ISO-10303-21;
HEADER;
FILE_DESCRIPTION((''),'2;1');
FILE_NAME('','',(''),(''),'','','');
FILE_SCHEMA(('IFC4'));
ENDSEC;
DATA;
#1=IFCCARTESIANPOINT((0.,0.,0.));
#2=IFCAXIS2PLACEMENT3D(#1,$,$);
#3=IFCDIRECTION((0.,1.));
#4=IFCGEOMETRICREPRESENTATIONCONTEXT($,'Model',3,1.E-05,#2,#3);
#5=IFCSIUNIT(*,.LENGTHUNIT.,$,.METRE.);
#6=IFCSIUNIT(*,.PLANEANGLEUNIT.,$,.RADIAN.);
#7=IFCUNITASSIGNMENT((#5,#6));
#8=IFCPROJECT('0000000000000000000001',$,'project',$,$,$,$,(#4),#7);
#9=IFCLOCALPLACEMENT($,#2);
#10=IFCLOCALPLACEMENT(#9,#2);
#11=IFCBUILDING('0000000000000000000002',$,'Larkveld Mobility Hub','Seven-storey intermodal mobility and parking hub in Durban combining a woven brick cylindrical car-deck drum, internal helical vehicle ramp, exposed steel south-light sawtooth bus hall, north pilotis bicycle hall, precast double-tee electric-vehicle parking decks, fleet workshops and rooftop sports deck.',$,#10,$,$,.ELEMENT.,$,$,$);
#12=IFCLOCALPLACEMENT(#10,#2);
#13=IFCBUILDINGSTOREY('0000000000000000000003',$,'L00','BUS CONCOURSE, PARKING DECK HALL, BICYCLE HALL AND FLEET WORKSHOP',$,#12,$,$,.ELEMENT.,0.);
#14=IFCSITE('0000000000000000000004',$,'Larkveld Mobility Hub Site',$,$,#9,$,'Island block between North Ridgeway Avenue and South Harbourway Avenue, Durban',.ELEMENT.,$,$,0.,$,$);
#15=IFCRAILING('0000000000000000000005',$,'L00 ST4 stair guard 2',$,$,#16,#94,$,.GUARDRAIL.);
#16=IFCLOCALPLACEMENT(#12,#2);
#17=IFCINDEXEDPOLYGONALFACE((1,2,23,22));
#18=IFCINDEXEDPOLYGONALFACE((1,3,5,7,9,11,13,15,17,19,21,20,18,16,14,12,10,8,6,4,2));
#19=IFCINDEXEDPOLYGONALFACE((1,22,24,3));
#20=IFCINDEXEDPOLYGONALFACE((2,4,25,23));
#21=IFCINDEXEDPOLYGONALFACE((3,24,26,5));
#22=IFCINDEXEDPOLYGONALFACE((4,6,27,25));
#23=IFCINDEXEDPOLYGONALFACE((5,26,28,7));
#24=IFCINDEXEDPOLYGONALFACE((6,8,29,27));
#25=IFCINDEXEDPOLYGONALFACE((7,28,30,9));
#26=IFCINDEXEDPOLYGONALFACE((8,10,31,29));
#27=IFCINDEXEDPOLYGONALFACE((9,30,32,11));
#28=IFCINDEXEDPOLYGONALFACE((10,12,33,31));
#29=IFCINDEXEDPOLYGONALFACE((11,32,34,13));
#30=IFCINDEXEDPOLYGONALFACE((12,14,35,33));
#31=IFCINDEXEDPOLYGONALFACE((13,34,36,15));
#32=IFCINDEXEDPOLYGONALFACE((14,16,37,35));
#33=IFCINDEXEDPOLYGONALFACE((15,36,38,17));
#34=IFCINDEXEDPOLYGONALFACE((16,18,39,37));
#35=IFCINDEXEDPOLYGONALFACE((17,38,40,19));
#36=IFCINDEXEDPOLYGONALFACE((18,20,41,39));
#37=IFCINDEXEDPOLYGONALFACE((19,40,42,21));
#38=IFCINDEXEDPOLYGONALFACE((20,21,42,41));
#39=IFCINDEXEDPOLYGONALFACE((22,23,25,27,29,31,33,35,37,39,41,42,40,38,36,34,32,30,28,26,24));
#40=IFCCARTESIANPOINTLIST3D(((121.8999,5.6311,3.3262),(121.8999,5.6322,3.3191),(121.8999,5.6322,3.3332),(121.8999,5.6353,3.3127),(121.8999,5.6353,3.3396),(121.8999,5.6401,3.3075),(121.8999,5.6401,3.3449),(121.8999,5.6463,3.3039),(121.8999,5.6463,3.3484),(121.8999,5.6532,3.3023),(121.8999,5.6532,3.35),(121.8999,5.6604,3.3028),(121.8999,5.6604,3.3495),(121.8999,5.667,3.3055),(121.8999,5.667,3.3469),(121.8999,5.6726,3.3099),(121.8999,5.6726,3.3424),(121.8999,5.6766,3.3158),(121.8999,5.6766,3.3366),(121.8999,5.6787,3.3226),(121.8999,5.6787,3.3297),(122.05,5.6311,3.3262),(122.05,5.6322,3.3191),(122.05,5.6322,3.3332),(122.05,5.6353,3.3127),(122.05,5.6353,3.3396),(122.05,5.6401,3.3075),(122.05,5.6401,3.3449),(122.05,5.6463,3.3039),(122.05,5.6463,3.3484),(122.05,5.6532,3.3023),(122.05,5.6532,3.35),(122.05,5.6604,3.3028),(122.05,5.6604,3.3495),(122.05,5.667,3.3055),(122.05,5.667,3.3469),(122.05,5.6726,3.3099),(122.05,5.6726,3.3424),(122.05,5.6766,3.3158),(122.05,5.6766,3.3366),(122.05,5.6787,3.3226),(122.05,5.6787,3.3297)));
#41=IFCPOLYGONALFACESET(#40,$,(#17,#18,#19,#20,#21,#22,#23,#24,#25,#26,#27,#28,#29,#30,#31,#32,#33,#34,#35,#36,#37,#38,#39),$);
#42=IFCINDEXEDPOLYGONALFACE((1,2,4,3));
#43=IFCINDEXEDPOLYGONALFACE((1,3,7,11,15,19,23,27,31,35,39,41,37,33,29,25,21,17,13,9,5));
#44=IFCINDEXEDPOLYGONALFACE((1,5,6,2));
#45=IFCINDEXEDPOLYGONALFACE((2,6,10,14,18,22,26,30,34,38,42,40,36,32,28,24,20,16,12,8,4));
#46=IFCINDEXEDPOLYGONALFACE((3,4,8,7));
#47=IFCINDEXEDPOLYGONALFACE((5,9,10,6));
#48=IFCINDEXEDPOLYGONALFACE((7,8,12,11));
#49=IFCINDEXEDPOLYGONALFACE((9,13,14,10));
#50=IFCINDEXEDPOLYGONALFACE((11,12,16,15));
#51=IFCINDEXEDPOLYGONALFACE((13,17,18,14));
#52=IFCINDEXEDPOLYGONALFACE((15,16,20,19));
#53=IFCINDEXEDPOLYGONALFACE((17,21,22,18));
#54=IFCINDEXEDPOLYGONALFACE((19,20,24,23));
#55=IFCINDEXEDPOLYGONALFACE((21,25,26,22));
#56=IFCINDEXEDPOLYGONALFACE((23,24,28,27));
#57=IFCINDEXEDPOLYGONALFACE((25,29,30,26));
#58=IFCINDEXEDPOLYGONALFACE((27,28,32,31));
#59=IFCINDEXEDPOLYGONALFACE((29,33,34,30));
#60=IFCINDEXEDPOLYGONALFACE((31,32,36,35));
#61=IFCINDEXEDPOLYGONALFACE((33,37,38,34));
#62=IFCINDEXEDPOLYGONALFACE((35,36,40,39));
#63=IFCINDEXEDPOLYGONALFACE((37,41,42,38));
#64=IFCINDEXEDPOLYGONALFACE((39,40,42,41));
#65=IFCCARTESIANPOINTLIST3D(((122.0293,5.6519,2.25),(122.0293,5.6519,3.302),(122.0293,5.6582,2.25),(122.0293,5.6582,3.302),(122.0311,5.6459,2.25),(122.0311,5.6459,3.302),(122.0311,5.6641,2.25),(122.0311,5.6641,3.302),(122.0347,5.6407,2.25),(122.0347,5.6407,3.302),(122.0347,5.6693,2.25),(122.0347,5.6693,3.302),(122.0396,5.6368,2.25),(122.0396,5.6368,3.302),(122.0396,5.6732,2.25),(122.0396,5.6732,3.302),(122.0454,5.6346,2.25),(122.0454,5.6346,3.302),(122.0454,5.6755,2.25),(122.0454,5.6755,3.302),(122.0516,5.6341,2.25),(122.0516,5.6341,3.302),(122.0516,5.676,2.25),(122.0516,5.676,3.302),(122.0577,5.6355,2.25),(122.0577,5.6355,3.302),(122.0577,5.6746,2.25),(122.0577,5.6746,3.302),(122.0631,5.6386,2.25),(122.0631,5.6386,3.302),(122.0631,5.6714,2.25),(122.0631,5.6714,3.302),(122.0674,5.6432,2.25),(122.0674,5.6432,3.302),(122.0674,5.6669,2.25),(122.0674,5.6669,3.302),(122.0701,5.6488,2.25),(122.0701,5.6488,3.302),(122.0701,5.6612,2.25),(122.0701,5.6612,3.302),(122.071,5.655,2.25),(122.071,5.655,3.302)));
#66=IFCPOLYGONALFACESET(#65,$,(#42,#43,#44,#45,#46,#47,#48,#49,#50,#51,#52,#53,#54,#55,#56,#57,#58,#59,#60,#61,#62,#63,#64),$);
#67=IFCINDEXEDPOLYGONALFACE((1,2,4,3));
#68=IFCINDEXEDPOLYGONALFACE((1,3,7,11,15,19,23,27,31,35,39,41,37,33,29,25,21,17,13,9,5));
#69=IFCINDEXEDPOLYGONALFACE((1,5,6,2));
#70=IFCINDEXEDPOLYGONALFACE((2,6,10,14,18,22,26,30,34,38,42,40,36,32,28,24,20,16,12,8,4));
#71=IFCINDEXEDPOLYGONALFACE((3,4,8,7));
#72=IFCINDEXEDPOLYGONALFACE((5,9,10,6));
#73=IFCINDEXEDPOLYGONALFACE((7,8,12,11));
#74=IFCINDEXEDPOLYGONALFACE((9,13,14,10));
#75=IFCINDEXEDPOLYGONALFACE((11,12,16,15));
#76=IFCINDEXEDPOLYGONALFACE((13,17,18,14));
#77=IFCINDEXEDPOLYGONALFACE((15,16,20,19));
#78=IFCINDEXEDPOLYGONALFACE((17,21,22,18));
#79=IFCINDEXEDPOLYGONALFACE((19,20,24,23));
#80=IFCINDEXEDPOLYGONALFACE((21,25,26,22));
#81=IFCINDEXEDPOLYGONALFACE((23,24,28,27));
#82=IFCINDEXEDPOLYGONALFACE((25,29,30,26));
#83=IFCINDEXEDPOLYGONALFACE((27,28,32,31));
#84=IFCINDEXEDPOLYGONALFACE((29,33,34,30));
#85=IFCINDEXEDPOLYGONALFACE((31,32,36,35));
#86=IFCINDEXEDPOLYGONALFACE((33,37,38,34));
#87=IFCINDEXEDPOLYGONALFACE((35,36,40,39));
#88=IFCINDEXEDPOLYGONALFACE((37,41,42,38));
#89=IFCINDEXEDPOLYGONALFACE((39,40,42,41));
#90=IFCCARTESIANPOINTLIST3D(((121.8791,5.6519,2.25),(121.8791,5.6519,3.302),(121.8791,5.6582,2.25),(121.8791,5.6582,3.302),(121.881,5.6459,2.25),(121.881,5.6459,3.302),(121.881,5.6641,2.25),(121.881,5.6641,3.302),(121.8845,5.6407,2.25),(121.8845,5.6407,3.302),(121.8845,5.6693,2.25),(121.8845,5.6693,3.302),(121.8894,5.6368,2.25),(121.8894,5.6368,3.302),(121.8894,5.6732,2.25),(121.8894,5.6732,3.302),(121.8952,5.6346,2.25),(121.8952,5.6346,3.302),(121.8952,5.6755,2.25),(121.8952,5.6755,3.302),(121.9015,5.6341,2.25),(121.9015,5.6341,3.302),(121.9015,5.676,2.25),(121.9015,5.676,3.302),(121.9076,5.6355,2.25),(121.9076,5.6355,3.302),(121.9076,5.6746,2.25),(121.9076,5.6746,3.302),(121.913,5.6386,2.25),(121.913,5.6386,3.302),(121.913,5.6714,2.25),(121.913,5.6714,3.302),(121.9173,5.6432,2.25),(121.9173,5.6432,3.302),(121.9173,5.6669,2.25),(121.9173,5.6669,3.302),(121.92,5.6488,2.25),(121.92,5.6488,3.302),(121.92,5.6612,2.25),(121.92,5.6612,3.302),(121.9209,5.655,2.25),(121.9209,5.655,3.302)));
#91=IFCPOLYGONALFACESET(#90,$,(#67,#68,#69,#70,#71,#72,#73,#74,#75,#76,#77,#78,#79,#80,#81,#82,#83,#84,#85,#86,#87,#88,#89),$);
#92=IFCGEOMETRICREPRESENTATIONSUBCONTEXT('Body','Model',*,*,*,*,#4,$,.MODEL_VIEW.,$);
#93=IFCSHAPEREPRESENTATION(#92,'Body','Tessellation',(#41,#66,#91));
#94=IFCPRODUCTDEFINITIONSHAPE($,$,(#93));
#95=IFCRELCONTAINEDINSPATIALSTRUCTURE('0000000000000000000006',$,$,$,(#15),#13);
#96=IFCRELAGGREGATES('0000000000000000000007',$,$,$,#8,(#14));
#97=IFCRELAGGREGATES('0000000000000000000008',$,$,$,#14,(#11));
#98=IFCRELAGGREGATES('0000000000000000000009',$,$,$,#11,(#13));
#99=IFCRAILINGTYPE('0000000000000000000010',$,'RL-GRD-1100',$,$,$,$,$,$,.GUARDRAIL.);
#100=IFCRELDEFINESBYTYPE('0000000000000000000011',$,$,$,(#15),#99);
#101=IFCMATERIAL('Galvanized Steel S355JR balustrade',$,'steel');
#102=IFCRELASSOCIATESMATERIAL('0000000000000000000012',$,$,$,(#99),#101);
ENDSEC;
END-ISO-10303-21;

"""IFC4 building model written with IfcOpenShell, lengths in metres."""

from ifc_helpers import new_model, si_unit, direction, frame, origin, origin_2d, place, context, subcontext, project, spatial, circle, extrude, material, type_object, element, save


model = new_model("IFC4")

# Units and contexts
model_context = context("Model", 3, precision=1e-05, world=origin(), true_north=direction((0.0, 1.0)))
body_context = subcontext(model_context, "Body", "Model", "MODEL_VIEW")
ifc_project = project(units=[si_unit("LENGTHUNIT", "METRE"), si_unit("PLANEANGLEUNIT", "RADIAN")], contexts=[model_context])

# Site, building, storey
site_placement = place(None, origin())
site = spatial("IfcSite", under=ifc_project, at=site_placement, Name="Larkveld Mobility Hub Site", LongName="Island block between North Ridgeway Avenue and South Harbourway Avenue, Durban", CompositionType="ELEMENT", RefElevation=0.0)
building_placement = place(site_placement, origin())
building = spatial("IfcBuilding", under=site, at=building_placement, Name="Larkveld Mobility Hub", Description="Seven-storey intermodal mobility and parking hub in Durban combining a woven brick cylindrical car-deck drum, internal helical vehicle ramp, exposed steel south-light sawtooth bus hall, north pilotis bicycle hall, precast double-tee electric-vehicle parking decks, fleet workshops and rooftop sports deck.", CompositionType="ELEMENT")
storey_placement = place(building_placement, origin())
storey = spatial("IfcBuildingStorey", under=building, at=storey_placement, Name="L00", Description="BUS CONCOURSE, PARKING DECK HALL, BICYCLE HALL AND FLEET WORKSHOP", CompositionType="ELEMENT", Elevation=0.0)

# Railing
ifc_material_1 = material(Name="Galvanized Steel S355JR balustrade", Category="steel")
railing_type_1 = type_object("IfcRailingType", Name="RL-GRD-1100", PredefinedType="GUARDRAIL", material=ifc_material_1)
railing_1_placement = place(storey_placement, frame((122.05, 5.655, 2.25)))
element("IfcRailing", 1, at=railing_1_placement, inside=storey, type_object=railing_type_1, Name="L00 ST4 stair guard 2", PredefinedType="GUARDRAIL", context=body_context, shape_type="SweptSolid", body=[
    extrude(circle(Radius=0.0239, at=origin_2d()), frame((0.0, 0.0, 1.0762), z_axis=(-1.0, 0.0, 0.0), x_axis=(0.0, -1.0, 0.0)), (0.0, 0.0, 1.0), 0.1501),
    extrude(circle(Radius=0.021, at=origin_2d()), origin(), (0.0, 0.0, 1.0), 1.052),
    extrude(circle(Radius=0.021, at=origin_2d()), frame((-0.1501, 0.0, 0.0)), (0.0, 0.0, 1.0), 1.052),
])

save(model, "model.ifc")
